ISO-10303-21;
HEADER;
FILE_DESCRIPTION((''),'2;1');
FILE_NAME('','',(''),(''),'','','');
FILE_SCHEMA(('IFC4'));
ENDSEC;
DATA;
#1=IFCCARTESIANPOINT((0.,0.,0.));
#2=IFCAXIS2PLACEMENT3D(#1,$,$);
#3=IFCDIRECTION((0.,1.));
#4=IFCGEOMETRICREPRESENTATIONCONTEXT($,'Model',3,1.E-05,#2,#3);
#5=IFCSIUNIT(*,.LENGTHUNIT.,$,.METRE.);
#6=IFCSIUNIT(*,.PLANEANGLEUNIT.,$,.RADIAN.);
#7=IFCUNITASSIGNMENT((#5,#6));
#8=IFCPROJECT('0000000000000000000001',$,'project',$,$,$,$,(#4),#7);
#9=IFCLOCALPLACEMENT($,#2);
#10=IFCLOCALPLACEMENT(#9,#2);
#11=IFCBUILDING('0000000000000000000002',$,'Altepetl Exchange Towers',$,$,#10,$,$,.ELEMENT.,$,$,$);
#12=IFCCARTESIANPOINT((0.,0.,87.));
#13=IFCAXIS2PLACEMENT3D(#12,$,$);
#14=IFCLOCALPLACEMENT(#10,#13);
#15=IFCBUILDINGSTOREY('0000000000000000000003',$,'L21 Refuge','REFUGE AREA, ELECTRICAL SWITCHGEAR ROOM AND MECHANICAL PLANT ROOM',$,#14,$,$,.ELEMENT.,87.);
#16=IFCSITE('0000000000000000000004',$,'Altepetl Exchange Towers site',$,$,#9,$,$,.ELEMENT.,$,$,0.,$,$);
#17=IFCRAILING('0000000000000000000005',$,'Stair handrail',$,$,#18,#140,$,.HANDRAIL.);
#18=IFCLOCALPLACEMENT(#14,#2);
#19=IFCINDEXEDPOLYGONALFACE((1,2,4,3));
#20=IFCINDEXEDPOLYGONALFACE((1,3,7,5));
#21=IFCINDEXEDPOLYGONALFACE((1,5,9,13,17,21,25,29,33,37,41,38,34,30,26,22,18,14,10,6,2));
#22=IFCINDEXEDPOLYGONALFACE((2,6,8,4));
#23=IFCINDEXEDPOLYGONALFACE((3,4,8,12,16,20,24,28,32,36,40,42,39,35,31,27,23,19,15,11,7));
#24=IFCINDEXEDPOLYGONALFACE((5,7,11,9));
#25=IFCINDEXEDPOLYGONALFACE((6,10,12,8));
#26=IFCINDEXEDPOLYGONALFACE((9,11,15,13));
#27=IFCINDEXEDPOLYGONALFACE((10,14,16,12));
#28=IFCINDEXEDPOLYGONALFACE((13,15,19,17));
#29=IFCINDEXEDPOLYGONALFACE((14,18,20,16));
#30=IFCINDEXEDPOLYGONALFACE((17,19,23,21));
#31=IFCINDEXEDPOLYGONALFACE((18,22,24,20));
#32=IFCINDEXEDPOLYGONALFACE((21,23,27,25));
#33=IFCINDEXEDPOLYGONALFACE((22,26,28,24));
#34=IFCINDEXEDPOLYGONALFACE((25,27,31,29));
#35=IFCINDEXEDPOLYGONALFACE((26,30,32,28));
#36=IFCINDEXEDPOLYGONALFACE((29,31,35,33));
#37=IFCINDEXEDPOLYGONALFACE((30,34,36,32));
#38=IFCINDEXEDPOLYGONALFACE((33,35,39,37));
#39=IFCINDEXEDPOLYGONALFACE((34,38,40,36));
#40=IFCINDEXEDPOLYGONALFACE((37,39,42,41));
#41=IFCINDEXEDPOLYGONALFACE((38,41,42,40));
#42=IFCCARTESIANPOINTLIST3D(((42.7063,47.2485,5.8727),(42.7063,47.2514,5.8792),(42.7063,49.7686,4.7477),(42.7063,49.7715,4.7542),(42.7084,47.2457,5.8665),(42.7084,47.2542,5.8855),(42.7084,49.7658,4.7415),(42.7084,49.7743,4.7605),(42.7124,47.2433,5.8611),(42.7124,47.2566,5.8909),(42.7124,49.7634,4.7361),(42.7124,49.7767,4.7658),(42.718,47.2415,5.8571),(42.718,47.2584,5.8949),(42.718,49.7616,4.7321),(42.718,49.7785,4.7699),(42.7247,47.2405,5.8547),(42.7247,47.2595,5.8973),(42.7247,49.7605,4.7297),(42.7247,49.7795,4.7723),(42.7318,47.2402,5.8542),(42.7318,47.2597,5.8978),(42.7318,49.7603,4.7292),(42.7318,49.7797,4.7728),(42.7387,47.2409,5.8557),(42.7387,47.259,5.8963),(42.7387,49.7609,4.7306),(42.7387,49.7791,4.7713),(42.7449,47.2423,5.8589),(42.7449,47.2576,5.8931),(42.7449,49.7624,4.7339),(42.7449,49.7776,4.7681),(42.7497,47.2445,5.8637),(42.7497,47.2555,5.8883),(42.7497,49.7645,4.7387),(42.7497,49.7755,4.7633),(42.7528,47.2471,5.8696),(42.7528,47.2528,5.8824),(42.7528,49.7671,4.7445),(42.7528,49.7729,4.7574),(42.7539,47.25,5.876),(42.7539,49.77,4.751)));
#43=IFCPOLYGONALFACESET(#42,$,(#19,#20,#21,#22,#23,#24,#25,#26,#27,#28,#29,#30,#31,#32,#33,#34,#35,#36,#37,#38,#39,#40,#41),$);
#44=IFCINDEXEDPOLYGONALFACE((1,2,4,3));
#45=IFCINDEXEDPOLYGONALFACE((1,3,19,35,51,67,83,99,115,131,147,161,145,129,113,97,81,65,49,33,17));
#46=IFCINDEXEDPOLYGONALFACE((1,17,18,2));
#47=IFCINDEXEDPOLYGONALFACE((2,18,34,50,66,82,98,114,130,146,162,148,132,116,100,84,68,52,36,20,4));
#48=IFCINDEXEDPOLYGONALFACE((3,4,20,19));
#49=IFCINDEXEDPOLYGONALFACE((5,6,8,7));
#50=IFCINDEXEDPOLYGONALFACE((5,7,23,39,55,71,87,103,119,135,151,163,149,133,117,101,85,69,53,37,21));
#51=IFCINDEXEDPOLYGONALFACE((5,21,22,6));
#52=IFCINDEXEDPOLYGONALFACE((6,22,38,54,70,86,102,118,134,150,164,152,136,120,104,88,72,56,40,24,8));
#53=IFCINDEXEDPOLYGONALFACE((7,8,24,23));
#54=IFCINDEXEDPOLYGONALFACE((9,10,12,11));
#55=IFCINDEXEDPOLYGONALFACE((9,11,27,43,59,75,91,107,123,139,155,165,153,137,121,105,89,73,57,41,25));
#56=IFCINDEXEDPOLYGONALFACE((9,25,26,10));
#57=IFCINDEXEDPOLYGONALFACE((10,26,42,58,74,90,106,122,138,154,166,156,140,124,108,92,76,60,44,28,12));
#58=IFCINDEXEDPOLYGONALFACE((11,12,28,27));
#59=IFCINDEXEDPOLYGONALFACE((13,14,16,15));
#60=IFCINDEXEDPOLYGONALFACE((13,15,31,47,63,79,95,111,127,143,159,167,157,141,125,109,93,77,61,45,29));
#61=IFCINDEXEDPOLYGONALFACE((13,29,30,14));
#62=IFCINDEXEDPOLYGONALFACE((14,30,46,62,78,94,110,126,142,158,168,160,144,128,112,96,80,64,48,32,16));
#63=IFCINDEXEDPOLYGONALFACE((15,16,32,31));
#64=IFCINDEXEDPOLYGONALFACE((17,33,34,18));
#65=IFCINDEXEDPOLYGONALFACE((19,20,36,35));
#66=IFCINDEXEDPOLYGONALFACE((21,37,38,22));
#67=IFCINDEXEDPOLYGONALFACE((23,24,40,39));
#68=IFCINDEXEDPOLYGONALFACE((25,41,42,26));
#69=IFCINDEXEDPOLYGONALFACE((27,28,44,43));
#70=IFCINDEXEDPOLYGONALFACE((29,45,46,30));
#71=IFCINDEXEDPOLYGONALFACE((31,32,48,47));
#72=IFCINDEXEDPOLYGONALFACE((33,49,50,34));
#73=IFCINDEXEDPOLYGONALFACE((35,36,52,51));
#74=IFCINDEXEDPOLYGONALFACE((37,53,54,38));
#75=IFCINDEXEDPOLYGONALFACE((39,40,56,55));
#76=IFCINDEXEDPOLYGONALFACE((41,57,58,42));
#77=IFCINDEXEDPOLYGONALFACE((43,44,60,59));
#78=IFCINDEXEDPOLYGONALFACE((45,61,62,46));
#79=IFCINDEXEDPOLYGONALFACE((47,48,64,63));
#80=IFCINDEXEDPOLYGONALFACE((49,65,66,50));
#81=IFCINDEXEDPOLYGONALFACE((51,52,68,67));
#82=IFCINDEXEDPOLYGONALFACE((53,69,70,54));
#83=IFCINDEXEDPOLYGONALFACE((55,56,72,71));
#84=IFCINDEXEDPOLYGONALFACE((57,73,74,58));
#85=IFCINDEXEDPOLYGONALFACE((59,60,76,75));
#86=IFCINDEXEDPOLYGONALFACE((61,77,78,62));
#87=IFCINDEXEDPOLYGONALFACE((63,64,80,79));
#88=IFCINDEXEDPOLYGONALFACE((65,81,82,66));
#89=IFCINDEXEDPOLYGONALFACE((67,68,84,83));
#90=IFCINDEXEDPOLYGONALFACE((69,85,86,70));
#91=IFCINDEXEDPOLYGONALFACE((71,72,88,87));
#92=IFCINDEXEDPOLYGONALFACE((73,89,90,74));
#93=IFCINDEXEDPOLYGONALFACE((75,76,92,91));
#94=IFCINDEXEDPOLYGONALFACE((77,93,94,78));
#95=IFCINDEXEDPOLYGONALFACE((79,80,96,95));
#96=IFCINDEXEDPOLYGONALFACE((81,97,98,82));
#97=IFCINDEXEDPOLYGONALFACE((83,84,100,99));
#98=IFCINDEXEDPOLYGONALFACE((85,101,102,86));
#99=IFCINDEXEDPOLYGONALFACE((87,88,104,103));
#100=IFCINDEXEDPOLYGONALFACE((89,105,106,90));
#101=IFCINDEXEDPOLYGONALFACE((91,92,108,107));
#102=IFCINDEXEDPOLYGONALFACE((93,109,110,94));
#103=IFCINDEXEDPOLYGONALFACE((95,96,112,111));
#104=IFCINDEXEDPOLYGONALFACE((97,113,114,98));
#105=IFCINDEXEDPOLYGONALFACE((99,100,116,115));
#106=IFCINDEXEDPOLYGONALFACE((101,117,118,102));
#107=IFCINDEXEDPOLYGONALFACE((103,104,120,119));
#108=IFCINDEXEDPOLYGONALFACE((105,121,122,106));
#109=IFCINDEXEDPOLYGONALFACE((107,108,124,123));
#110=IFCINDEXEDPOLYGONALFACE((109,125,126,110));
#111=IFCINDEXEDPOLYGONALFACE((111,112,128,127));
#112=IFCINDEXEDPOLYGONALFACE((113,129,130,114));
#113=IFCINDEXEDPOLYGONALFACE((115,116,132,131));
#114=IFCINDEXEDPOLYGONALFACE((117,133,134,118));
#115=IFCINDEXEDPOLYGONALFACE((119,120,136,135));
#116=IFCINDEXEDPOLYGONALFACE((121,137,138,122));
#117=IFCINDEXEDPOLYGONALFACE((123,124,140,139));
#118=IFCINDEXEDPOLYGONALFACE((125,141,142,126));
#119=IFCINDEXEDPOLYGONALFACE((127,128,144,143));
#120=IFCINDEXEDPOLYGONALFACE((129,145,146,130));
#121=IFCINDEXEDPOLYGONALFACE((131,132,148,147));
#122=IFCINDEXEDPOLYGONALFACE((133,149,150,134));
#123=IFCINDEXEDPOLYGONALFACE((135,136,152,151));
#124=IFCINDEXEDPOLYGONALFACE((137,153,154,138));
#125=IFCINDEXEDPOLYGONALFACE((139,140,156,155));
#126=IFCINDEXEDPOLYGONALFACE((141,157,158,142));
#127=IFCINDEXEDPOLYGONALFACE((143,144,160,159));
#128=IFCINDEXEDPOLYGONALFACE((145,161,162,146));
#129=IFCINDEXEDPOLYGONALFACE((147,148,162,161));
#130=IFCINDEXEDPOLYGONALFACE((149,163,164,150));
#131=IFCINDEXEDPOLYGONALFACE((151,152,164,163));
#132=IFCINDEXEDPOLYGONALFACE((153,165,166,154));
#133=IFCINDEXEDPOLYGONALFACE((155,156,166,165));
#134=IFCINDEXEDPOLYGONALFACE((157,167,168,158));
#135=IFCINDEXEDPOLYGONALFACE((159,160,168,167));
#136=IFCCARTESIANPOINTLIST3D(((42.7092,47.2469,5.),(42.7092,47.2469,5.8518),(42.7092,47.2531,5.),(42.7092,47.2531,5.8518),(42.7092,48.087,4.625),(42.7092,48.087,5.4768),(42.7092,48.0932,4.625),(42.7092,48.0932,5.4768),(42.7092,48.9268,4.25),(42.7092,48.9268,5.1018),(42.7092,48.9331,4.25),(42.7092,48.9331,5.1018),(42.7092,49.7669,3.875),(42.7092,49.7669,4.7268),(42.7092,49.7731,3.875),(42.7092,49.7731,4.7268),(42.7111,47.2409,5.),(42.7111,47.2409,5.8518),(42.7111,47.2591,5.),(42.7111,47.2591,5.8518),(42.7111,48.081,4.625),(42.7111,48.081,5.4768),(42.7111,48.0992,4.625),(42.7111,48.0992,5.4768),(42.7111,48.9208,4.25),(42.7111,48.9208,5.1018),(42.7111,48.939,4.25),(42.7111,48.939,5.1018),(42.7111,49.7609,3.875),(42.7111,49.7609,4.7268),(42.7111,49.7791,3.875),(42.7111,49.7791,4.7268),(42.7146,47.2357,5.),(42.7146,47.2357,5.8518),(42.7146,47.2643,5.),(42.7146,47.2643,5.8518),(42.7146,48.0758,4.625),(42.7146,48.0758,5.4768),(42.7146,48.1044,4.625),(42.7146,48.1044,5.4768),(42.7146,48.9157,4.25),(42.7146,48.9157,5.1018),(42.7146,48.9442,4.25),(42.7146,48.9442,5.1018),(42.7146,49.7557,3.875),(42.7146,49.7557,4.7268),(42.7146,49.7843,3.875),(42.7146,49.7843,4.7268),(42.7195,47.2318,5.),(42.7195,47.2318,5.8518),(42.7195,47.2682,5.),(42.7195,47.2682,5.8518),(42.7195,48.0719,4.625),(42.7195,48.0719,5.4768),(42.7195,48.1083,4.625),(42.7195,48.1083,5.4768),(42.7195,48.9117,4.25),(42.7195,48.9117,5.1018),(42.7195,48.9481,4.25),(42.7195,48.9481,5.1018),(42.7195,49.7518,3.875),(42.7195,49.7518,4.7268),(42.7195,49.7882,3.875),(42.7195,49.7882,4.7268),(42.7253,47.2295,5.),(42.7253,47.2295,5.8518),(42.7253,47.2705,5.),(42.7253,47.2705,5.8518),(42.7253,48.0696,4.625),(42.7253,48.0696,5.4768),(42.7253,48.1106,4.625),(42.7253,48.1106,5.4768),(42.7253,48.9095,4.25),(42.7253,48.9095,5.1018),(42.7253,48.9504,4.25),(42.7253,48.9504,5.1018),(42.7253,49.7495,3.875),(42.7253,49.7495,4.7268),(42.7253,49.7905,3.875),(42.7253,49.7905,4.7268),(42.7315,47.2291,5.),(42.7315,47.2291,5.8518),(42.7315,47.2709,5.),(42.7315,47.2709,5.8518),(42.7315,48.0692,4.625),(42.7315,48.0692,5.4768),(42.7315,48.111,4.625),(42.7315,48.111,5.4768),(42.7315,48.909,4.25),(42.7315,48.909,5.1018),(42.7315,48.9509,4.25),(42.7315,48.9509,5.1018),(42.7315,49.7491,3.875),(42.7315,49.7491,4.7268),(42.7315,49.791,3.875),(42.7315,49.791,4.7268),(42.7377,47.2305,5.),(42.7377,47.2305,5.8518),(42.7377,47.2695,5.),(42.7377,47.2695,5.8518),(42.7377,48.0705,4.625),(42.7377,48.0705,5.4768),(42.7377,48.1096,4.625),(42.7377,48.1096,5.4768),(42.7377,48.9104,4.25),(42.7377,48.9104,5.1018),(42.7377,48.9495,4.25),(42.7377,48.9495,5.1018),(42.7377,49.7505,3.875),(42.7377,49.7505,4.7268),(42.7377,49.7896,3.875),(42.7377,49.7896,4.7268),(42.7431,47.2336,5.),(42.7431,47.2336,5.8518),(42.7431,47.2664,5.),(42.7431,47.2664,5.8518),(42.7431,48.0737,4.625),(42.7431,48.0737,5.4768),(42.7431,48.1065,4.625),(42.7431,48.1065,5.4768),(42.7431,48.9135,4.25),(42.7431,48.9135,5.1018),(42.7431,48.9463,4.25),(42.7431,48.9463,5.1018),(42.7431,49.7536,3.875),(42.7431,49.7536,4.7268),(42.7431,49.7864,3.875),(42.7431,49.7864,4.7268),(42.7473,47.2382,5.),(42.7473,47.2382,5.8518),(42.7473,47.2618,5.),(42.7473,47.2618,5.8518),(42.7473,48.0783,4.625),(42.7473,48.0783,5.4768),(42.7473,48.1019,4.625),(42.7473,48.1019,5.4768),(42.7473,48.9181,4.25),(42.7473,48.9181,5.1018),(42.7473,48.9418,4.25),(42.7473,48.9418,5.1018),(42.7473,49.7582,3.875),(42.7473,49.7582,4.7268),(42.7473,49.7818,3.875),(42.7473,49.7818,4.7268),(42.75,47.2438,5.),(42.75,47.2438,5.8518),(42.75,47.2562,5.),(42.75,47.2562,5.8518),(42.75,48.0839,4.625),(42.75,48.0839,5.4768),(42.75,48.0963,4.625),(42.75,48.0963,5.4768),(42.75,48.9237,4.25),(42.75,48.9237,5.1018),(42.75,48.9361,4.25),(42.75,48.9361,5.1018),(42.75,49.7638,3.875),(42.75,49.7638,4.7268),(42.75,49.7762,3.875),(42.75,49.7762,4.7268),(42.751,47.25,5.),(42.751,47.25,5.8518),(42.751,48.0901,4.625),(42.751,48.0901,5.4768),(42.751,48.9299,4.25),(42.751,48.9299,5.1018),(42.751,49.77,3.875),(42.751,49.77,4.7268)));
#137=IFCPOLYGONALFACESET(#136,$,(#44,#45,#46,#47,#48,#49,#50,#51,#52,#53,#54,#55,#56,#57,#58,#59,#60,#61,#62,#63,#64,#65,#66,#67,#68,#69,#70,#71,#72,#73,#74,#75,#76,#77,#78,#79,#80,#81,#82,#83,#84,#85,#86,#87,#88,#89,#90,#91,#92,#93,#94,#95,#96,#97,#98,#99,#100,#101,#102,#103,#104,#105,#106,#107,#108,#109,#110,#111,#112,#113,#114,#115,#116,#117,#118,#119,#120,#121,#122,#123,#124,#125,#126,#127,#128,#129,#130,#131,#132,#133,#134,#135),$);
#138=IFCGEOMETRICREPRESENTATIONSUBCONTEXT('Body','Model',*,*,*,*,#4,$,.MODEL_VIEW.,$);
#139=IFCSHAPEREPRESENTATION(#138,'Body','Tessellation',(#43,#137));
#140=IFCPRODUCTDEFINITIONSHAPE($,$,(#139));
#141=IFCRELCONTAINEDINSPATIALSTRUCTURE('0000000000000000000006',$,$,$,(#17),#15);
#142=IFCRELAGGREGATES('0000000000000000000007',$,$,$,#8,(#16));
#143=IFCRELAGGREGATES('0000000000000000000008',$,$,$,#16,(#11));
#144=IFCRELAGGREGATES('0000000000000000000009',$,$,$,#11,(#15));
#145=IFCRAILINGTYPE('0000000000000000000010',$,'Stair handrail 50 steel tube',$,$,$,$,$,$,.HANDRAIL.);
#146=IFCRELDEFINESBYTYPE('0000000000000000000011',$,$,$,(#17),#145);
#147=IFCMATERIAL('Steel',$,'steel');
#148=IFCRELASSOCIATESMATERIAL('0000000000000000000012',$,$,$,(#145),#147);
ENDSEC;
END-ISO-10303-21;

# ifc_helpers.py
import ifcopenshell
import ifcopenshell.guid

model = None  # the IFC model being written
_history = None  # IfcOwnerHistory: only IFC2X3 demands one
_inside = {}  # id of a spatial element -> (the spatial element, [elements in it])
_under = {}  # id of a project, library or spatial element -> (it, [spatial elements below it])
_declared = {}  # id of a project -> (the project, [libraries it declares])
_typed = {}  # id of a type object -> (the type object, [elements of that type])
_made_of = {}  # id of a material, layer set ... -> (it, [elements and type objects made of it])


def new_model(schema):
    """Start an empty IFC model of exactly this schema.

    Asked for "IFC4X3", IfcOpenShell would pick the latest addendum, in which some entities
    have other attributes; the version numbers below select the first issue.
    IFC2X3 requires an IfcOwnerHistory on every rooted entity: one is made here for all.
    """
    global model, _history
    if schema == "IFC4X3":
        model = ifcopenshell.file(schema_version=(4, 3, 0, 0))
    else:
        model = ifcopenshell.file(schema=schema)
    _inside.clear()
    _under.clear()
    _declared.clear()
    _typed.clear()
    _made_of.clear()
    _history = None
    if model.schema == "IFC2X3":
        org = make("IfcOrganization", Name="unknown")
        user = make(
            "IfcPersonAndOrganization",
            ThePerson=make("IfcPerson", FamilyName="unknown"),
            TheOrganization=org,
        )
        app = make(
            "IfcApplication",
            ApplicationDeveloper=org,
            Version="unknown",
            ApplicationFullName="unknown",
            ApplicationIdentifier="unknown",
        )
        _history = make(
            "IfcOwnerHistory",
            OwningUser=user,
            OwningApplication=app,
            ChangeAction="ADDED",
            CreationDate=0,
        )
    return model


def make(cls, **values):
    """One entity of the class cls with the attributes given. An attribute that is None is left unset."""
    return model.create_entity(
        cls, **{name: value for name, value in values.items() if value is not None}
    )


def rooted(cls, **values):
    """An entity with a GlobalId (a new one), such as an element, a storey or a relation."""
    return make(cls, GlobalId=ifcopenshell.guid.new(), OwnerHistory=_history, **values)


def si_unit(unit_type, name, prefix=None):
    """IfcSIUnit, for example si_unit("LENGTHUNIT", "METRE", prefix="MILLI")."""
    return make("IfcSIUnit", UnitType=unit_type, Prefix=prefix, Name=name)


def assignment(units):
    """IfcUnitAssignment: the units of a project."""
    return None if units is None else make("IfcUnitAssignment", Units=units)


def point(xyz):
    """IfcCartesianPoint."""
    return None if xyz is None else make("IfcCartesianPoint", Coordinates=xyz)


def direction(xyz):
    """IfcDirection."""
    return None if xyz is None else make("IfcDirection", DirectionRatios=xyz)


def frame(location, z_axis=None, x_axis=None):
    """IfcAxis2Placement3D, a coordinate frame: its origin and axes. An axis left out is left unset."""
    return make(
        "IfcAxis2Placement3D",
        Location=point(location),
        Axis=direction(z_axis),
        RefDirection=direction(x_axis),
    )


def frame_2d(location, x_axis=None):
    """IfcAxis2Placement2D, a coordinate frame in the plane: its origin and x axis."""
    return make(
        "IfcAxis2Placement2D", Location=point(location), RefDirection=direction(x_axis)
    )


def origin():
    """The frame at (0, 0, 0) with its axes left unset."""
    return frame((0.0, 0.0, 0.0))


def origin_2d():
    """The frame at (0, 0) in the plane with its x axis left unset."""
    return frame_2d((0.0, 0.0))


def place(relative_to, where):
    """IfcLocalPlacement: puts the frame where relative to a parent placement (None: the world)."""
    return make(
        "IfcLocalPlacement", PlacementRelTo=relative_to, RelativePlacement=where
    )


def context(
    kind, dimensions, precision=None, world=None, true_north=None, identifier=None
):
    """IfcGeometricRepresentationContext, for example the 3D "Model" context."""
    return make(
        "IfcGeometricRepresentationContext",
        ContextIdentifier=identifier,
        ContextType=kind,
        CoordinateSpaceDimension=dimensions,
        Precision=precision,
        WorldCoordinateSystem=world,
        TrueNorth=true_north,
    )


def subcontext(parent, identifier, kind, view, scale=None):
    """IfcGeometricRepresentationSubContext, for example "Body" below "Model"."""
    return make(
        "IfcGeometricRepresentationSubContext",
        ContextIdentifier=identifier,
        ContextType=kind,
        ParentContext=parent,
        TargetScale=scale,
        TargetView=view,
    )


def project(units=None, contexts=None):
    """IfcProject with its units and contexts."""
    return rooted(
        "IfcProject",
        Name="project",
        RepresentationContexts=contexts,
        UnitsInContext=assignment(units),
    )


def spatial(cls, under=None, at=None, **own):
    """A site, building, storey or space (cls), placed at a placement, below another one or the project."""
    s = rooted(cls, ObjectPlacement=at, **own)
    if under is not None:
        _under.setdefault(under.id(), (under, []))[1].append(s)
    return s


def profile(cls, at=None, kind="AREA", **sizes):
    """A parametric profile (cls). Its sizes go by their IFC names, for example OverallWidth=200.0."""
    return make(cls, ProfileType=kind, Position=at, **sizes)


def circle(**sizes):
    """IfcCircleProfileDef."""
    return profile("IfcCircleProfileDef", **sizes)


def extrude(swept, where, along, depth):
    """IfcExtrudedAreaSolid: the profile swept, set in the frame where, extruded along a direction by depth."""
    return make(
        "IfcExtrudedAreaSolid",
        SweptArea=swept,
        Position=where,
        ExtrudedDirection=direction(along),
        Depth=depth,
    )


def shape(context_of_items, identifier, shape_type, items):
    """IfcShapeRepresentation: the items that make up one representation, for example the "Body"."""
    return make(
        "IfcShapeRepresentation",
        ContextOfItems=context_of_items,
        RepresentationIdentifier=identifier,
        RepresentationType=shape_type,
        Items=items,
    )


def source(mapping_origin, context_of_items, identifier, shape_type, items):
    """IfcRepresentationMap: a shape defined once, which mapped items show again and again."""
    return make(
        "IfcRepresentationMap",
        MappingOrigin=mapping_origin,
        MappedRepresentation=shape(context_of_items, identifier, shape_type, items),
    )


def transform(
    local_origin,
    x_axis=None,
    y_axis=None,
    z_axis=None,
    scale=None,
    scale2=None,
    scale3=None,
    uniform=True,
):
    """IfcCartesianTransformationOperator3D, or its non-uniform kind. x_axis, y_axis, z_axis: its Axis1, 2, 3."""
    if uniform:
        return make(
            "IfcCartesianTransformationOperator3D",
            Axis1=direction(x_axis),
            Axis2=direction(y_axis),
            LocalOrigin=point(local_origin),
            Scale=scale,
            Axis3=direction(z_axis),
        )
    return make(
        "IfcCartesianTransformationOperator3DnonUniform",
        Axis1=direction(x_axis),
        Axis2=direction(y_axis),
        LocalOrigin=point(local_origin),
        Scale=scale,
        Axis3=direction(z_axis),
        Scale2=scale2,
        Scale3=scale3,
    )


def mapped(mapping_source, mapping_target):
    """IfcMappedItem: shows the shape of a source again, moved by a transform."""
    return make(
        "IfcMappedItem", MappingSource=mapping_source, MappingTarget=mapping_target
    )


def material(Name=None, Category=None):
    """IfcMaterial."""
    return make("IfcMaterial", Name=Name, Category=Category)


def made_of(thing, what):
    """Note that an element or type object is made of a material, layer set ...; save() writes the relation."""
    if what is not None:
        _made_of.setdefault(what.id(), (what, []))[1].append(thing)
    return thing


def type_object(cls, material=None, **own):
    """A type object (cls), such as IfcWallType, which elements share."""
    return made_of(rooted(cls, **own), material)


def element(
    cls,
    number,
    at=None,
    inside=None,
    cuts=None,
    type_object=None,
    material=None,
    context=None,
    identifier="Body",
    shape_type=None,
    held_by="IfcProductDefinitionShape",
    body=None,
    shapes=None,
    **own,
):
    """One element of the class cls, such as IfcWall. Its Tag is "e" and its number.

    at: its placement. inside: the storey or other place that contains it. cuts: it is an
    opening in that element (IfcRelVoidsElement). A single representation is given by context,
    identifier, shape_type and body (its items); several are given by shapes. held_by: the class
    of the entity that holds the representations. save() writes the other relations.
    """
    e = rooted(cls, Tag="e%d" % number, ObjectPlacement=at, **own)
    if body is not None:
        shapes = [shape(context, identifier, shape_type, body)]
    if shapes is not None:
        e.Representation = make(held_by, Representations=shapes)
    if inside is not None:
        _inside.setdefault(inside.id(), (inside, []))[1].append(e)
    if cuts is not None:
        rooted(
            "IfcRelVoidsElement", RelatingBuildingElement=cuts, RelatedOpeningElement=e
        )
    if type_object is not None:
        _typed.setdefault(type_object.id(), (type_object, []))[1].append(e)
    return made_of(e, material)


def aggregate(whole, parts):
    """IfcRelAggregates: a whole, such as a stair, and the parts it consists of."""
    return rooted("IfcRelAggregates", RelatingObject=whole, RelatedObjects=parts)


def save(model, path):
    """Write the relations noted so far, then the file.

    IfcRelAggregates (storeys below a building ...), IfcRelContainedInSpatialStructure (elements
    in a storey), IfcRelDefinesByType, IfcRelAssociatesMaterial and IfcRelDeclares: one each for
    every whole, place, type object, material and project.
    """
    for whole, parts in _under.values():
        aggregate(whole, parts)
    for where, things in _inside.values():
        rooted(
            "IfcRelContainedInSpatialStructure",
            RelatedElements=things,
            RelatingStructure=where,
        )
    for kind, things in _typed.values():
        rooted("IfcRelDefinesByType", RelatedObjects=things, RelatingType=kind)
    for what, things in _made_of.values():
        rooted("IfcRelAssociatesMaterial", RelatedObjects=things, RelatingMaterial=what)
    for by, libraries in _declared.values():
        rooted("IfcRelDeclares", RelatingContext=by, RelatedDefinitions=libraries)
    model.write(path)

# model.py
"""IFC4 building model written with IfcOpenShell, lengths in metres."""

from ifc_helpers import new_model, si_unit, direction, frame, origin, origin_2d, place, context, subcontext, project, spatial, circle, extrude, source, transform, mapped, material, type_object, element, save


model = new_model("IFC4")

# Units and contexts
model_context = context("Model", 3, precision=1e-05, world=origin(), true_north=direction((0.0, 1.0)))
body_context = subcontext(model_context, "Body", "Model", "MODEL_VIEW")
ifc_project = project(units=[si_unit("LENGTHUNIT", "METRE"), si_unit("PLANEANGLEUNIT", "RADIAN")], contexts=[model_context])

# Site, building, storey
site_placement = place(None, origin())
site = spatial("IfcSite", under=ifc_project, at=site_placement, Name="Altepetl Exchange Towers site", CompositionType="ELEMENT", RefElevation=0.0)
building_placement = place(site_placement, origin())
building = spatial("IfcBuilding", under=site, at=building_placement, Name="Altepetl Exchange Towers", CompositionType="ELEMENT")
storey_placement = place(building_placement, frame((0.0, 0.0, 87.0)))
storey = spatial("IfcBuildingStorey", under=building, at=storey_placement, Name="L21 Refuge", Description="REFUGE AREA, ELECTRICAL SWITCHGEAR ROOM AND MECHANICAL PLANT ROOM", CompositionType="ELEMENT", Elevation=87.0)

# Railing
ifc_material_1 = material(Name="Steel", Category="steel")
railing_type = type_object("IfcRailingType", Name="Stair handrail 50 steel tube", PredefinedType="HANDRAIL", material=ifc_material_1)
shared_shape = source(origin(), body_context, "Body", "SweptSolid", [
    extrude(circle(Radius=0.021, at=origin_2d()), origin(), (0.0, 0.0, 1.0), 0.8518),
])
railing_1_placement = place(storey_placement, frame((42.73, 49.77, 3.875)))
element("IfcRailing", 1, at=railing_1_placement, inside=storey, type_object=railing_type, Name="Stair handrail", PredefinedType="HANDRAIL", context=body_context, shape_type="SweptSolid", body=[
    extrude(circle(Radius=0.0239, at=origin_2d()), frame((0.0, 0.0, 0.876), z_axis=(0.0, -0.913139, 0.407648), x_axis=(1.0, 0.0, 0.0)), (0.0, 0.0, 1.0), 2.7598),
    mapped(shared_shape, transform((0.0, 0.0, 0.0))),
    mapped(shared_shape, transform((0.0, -0.8401, 0.375))),
    mapped(shared_shape, transform((0.0, -1.6799, 0.75))),
    mapped(shared_shape, transform((0.0, -2.52, 1.125))),
])

save(model, "model.ifc")
